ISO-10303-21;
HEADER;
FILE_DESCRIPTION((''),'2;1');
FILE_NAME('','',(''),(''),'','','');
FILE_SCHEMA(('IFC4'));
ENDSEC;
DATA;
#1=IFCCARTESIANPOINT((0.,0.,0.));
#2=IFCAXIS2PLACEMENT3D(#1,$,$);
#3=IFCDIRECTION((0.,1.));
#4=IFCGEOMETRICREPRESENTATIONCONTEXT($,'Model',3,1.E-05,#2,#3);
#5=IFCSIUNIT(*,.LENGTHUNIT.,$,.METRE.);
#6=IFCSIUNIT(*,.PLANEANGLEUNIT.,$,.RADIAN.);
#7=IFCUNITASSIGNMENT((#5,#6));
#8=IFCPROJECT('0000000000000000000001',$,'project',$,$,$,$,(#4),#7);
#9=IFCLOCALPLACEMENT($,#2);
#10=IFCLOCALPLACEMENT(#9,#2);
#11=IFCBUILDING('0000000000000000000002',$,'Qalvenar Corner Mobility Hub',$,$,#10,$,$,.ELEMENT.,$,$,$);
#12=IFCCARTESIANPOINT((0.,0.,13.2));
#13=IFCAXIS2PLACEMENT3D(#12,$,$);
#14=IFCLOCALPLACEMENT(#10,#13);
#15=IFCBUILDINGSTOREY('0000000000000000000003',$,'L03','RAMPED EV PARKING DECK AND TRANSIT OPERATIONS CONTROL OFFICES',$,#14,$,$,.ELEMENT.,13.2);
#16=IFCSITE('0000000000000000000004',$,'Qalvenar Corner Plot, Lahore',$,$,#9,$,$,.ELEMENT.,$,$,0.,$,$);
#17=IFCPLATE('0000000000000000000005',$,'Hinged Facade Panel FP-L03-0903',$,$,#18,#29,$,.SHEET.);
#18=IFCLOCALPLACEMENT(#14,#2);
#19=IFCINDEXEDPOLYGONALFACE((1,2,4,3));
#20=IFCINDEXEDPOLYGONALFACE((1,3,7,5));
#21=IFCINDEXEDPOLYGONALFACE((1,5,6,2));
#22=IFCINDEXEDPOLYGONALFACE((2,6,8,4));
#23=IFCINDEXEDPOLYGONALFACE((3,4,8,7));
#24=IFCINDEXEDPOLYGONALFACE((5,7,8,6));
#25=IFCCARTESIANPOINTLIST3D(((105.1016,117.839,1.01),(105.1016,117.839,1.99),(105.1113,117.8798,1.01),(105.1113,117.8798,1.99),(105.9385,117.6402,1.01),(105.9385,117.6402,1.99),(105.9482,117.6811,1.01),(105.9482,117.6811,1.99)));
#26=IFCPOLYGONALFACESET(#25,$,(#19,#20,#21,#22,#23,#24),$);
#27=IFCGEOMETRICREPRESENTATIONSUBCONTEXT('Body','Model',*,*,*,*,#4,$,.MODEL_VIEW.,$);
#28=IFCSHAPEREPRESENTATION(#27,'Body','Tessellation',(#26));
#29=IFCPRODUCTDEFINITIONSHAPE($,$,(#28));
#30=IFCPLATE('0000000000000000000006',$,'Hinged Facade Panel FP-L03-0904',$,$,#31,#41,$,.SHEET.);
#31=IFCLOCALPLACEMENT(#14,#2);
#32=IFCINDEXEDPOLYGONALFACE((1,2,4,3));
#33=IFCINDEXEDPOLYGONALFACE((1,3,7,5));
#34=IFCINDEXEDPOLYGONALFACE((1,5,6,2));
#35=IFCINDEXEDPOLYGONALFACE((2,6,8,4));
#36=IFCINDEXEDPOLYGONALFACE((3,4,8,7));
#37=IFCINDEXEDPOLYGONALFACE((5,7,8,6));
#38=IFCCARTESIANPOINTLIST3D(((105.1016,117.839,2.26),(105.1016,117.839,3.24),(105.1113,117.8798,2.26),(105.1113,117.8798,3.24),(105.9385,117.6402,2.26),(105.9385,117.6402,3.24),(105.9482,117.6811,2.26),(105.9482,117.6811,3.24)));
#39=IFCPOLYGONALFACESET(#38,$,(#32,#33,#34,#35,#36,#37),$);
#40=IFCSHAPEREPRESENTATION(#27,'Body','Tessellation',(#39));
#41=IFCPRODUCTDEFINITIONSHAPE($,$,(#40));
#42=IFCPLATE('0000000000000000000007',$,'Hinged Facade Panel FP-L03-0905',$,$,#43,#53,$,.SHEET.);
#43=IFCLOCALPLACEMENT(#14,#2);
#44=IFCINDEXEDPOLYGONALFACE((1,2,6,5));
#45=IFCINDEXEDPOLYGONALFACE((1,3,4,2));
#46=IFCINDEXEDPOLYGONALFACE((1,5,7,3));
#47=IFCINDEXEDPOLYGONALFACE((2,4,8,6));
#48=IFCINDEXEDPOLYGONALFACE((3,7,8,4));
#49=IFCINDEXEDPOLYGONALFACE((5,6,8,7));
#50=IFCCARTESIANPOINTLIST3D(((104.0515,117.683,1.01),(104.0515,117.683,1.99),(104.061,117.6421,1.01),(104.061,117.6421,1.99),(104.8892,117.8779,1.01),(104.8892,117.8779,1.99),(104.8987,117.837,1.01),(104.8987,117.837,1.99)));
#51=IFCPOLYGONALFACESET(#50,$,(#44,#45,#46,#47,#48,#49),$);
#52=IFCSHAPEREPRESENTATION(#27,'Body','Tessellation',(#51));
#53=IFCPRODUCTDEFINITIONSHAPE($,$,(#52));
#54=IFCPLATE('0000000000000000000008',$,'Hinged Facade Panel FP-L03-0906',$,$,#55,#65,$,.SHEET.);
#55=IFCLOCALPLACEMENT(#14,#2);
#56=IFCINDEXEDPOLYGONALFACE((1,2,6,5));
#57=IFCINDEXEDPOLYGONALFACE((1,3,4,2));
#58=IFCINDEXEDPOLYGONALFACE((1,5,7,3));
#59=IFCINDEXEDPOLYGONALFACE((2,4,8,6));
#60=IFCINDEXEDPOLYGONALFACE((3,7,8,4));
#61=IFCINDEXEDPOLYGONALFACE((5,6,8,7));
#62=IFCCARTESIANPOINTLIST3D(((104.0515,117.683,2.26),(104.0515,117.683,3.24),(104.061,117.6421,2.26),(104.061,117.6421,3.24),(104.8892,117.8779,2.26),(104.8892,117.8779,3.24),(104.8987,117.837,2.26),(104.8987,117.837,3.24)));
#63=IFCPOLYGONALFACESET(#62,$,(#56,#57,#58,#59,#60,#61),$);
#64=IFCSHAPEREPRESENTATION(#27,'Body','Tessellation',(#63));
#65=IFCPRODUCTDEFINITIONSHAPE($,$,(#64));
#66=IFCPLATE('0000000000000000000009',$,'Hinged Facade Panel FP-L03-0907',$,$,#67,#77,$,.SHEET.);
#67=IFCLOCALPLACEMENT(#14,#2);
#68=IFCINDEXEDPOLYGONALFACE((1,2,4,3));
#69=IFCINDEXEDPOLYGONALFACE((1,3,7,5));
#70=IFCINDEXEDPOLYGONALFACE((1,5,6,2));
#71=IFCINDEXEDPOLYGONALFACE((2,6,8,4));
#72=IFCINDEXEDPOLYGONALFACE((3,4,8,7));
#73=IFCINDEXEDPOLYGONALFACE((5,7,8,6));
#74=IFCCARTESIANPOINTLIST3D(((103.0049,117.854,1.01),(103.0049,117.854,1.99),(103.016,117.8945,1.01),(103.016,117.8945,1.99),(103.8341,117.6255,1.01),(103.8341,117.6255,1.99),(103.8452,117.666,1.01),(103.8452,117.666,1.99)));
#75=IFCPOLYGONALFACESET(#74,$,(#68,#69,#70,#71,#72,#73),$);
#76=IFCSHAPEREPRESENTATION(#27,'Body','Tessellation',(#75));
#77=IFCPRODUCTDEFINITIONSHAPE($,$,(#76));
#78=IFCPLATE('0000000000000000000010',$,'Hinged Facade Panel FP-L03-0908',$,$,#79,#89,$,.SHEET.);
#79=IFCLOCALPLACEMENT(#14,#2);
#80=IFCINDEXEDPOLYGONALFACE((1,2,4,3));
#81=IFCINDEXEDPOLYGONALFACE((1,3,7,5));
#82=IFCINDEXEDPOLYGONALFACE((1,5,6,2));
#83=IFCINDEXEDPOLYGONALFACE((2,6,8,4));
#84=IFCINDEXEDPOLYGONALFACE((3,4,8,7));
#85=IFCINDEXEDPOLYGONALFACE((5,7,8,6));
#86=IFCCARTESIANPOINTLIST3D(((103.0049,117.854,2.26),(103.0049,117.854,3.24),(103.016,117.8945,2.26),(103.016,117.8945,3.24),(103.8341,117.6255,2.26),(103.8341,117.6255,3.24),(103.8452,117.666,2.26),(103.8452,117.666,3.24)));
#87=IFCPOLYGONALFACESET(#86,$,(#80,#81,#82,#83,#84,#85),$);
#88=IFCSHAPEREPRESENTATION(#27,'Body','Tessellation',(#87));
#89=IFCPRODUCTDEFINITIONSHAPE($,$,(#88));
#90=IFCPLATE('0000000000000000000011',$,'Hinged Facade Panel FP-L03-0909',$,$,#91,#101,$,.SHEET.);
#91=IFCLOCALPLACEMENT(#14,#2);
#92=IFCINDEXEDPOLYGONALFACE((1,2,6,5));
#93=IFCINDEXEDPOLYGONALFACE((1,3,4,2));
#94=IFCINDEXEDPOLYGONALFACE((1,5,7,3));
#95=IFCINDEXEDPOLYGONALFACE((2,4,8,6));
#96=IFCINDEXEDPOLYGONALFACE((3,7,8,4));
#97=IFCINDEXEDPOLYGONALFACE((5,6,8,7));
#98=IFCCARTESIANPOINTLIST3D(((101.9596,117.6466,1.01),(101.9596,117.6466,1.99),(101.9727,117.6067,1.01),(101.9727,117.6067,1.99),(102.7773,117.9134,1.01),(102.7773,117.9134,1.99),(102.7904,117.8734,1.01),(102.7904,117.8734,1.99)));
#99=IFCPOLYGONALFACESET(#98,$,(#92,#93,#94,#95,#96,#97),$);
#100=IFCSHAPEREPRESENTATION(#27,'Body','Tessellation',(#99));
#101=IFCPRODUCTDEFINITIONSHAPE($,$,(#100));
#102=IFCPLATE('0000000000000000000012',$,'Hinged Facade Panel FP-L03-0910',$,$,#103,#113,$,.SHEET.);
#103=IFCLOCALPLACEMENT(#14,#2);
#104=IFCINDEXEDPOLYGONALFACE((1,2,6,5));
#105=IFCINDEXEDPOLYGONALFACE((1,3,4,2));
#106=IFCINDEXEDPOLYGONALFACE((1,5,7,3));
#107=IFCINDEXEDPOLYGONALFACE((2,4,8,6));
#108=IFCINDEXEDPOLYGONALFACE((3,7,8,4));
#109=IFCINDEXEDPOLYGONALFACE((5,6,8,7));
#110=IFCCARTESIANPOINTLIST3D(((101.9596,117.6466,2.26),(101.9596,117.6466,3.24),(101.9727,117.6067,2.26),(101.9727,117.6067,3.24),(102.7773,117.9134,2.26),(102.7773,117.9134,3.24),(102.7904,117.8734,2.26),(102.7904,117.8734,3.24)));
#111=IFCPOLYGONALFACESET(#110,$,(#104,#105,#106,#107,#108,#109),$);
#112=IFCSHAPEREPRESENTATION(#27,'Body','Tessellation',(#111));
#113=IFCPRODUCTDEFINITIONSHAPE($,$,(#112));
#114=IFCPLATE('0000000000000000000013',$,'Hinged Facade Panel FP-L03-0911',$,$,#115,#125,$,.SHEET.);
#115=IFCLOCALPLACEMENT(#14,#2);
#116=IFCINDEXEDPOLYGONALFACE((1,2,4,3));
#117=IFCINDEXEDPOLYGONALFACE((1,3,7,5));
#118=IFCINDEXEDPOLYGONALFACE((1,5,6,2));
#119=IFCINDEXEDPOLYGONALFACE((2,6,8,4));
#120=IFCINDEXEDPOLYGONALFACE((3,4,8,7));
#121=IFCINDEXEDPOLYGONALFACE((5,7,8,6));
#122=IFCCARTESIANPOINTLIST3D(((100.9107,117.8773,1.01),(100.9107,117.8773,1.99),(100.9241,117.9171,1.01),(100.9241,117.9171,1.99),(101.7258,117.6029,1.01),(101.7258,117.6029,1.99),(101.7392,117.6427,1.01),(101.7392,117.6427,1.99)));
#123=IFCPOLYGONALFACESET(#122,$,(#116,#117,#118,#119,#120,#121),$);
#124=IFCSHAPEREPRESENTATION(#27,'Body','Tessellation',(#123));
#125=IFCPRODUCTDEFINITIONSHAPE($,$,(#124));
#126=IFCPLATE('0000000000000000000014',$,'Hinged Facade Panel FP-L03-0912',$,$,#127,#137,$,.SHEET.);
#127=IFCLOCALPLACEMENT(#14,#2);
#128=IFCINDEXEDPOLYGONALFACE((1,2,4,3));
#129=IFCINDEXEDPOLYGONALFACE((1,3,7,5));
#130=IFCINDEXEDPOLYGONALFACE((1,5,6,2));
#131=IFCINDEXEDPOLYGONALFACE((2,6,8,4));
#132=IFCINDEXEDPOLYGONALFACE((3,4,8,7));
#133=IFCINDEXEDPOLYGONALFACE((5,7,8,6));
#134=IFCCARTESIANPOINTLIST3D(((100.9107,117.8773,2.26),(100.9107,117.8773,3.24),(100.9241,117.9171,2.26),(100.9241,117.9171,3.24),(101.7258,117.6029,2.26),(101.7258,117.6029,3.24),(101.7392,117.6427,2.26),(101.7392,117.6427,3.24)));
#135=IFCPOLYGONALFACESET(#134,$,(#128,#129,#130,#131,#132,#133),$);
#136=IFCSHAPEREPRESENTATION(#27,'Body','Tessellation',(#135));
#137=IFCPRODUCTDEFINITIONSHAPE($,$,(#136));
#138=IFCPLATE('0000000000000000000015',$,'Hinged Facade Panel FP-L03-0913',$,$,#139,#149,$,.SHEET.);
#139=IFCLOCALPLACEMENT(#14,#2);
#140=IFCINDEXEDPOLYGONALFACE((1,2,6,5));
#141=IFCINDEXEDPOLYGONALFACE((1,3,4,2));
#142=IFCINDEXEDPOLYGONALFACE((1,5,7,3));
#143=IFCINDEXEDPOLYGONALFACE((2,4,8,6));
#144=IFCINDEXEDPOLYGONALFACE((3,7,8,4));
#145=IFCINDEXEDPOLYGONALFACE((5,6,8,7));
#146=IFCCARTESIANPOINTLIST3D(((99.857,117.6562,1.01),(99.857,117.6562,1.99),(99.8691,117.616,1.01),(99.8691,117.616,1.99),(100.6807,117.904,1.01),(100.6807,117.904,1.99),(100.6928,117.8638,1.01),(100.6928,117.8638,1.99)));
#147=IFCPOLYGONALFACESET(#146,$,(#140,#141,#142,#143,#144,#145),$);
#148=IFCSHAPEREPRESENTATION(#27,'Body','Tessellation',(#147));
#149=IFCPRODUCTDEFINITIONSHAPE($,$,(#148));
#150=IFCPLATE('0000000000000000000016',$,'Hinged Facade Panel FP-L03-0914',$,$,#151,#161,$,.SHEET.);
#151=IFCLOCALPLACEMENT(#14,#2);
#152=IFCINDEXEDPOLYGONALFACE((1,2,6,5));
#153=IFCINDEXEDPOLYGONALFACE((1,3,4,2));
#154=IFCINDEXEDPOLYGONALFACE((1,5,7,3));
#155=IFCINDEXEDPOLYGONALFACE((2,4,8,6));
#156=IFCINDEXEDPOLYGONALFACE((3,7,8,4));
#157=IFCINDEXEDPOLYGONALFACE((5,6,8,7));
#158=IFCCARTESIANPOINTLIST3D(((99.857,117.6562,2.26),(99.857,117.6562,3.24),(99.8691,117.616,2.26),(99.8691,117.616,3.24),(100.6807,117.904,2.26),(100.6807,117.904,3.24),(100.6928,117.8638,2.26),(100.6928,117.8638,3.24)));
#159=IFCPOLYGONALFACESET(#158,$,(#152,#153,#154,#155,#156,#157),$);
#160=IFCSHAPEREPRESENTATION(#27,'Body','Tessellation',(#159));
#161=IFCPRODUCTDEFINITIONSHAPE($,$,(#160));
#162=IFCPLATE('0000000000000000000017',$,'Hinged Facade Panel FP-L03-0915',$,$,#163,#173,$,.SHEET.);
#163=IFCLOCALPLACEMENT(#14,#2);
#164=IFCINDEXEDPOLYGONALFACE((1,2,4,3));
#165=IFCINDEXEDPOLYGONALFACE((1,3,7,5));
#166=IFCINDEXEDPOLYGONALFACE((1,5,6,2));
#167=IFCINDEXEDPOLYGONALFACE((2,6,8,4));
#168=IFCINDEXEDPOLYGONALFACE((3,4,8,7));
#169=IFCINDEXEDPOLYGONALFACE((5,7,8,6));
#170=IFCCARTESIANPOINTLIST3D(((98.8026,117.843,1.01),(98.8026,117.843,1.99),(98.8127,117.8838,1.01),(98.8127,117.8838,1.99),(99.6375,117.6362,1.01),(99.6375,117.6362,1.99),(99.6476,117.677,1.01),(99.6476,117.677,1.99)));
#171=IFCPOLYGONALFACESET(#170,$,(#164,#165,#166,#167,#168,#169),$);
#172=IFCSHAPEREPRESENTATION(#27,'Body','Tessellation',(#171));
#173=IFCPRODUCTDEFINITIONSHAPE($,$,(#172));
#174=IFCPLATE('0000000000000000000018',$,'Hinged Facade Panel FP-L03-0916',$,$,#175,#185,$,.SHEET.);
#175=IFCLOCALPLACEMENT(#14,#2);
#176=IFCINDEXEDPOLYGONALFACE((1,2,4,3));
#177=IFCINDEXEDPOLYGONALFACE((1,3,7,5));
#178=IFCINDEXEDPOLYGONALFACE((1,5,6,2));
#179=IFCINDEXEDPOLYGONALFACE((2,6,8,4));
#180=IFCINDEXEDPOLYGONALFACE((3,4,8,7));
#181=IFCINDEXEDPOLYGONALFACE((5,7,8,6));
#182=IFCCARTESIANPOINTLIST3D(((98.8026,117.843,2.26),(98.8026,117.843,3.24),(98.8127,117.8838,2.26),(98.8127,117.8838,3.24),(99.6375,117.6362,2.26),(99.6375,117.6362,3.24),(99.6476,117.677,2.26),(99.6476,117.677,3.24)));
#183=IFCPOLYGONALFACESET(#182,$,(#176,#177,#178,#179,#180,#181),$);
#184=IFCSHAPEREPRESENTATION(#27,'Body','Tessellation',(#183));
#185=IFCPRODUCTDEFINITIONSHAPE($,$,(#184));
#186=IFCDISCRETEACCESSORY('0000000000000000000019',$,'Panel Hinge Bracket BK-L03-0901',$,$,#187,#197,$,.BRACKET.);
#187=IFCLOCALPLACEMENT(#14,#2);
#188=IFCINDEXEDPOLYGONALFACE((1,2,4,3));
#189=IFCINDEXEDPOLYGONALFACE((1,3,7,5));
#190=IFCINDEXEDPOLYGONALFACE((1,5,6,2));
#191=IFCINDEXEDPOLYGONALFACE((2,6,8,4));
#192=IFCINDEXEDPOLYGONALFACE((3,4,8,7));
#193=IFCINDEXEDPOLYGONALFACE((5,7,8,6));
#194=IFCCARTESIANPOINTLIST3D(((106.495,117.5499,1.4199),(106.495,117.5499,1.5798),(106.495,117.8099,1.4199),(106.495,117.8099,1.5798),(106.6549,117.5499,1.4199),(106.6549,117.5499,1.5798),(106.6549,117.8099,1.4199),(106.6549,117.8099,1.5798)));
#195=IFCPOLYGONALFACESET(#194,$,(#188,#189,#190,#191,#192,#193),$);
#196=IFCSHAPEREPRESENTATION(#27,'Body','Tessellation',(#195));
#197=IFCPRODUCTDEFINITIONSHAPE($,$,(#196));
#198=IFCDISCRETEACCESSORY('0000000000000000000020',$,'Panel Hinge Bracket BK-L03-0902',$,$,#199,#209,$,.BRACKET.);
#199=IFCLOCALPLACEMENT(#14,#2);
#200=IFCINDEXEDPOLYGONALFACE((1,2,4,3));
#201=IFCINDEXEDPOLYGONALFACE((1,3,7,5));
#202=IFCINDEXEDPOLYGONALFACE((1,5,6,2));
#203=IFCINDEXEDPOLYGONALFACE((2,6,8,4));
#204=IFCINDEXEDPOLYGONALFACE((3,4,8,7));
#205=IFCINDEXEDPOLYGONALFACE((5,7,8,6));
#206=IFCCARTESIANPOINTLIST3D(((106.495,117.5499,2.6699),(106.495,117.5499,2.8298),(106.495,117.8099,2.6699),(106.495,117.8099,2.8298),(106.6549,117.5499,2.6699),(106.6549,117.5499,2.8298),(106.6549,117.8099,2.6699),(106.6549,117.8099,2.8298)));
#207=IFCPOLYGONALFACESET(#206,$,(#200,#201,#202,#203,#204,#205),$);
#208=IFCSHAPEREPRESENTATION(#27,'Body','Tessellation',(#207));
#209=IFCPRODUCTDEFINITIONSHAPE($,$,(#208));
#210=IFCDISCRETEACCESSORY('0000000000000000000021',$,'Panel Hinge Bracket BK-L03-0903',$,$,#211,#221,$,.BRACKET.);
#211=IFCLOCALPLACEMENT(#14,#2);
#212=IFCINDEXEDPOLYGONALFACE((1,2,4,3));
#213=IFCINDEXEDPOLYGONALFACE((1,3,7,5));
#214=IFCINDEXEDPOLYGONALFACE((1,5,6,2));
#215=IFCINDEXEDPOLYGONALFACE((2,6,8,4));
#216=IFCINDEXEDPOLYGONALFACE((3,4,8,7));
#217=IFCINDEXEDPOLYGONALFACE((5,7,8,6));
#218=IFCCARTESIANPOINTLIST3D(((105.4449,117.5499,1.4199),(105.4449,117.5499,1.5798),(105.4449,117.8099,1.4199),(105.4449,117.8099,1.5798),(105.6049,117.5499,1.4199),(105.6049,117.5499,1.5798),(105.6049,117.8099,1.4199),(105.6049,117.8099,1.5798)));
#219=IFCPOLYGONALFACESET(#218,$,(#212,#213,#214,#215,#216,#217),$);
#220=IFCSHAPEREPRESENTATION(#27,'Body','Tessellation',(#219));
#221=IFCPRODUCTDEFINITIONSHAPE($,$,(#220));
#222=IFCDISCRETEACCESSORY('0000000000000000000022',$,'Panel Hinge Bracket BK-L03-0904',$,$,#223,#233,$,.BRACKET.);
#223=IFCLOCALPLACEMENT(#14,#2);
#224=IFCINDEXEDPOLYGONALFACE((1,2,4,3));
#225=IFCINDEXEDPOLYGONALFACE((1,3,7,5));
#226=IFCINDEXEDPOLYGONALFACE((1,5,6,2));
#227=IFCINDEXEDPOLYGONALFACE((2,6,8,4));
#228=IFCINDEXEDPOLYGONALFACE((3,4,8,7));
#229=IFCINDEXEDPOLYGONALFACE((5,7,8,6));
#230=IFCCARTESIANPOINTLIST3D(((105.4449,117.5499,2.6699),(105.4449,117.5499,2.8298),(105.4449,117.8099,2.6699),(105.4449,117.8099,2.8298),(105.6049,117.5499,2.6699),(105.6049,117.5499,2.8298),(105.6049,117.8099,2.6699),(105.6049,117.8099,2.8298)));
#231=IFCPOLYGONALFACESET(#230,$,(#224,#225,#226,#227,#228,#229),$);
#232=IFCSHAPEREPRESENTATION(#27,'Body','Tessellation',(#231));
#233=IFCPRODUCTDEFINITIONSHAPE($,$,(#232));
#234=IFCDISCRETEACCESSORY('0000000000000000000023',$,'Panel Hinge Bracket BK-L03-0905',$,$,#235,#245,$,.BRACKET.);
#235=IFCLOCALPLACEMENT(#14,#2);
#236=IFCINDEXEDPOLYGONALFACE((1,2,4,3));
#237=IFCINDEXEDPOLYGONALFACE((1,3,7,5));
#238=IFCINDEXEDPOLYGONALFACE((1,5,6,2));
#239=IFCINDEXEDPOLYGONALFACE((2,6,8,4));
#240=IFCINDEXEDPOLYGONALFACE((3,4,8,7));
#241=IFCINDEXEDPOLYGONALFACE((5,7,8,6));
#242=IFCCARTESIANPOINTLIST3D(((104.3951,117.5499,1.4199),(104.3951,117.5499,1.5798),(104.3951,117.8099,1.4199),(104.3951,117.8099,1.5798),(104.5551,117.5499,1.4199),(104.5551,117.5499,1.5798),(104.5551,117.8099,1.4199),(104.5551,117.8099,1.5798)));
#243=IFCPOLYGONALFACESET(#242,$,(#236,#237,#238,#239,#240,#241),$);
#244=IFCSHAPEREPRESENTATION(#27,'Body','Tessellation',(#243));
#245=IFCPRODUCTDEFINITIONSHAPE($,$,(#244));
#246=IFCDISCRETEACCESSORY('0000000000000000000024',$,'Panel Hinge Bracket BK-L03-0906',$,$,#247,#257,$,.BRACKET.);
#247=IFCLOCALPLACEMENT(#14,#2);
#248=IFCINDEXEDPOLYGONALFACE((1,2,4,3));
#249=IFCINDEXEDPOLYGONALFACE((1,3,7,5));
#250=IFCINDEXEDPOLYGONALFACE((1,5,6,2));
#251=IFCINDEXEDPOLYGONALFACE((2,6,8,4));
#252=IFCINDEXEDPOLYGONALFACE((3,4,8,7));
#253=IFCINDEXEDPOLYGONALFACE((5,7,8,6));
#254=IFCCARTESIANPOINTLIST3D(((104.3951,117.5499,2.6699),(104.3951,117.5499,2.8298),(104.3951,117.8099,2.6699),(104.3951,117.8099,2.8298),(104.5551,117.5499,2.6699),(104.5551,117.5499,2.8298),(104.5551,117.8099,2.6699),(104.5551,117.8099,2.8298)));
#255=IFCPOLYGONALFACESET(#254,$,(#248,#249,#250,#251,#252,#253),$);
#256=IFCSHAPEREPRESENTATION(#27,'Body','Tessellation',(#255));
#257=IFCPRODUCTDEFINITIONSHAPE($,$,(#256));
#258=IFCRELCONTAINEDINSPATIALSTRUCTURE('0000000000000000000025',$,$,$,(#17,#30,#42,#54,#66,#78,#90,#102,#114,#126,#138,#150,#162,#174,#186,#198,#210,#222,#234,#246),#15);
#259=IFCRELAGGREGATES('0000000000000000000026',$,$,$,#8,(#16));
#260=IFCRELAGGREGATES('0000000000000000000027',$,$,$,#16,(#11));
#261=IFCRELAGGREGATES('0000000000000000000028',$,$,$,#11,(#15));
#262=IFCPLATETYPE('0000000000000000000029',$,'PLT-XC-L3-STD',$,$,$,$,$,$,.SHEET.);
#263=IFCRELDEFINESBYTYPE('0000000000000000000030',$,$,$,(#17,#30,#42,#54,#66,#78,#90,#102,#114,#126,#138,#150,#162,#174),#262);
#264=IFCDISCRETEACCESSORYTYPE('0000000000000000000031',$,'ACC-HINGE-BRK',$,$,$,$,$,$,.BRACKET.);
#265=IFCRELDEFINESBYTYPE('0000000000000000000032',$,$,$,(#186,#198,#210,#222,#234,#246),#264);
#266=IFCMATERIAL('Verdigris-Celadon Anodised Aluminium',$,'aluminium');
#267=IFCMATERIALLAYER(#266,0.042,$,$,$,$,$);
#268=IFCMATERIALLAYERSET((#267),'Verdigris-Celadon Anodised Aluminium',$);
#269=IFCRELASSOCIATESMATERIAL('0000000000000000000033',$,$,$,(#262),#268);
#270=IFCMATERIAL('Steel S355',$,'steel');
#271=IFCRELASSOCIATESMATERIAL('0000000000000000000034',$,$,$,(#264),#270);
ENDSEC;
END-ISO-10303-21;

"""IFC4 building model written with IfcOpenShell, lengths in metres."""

from ifc_helpers import new_model, si_unit, direction, frame, origin, origin_2d, place, context, subcontext, project, spatial, rectangle, extrude, material, layer, layer_set, type_object, element, save


model = new_model("IFC4")

# Units and contexts
model_context = context("Model", 3, precision=1e-05, world=origin(), true_north=direction((0.0, 1.0)))
body_context = subcontext(model_context, "Body", "Model", "MODEL_VIEW")
ifc_project = project(units=[si_unit("LENGTHUNIT", "METRE"), si_unit("PLANEANGLEUNIT", "RADIAN")], contexts=[model_context])

# Site, building, storey
site_placement = place(None, origin())
site = spatial("IfcSite", under=ifc_project, at=site_placement, Name="Qalvenar Corner Plot, Lahore", CompositionType="ELEMENT", RefElevation=0.0)
building_placement = place(site_placement, origin())
building = spatial("IfcBuilding", under=site, at=building_placement, Name="Qalvenar Corner Mobility Hub", CompositionType="ELEMENT")
storey_placement = place(building_placement, frame((0.0, 0.0, 13.2)))
storey = spatial("IfcBuildingStorey", under=building, at=storey_placement, Name="L03", Description="RAMPED EV PARKING DECK AND TRANSIT OPERATIONS CONTROL OFFICES", CompositionType="ELEMENT", Elevation=13.2)

# Plates
ifc_material_1 = material(Name="Verdigris-Celadon Anodised Aluminium", Category="aluminium")
ifc_layer = layer(ifc_material_1, 0.042)
ifc_layer_set = layer_set([ifc_layer], Name="Verdigris-Celadon Anodised Aluminium")
plate_type = type_object("IfcPlateType", Name="PLT-XC-L3-STD", PredefinedType="SHEET", material=ifc_layer_set)
for number, where, z_axis, x_axis, name in (
    (1, (105.5249, 117.76, 1.01), (0.0, 0.0, 1.0), (-0.972937, 0.231069, 0.0), "Hinged Facade Panel FP-L03-0903"),
    (2, (105.5249, 117.76, 2.26), (0.0, 0.0, 1.0), (-0.972937, 0.231069, 0.0), "Hinged Facade Panel FP-L03-0904"),
    (3, (104.4751, 117.76, 1.01), (0.0, 0.0, 1.0), (-0.973976, -0.226651, 0.0), "Hinged Facade Panel FP-L03-0905"),
    (4, (104.4751, 117.76, 2.26), (0.0, 0.0, 1.0), (-0.973976, -0.226651, 0.0), "Hinged Facade Panel FP-L03-0906"),
    (5, (103.425, 117.76, 1.01), (0.0, 0.0, 1.0), (-0.964049, 0.265724, 0.0), "Hinged Facade Panel FP-L03-0907"),
    (6, (103.425, 117.76, 2.26), (0.0, 0.0, 1.0), (-0.964049, 0.265724, 0.0), "Hinged Facade Panel FP-L03-0908"),
    (7, (102.375, 117.76, 1.01), (0.0, 0.0, 1.0), (-0.950678, -0.310179, 0.0), "Hinged Facade Panel FP-L03-0909"),
    (8, (102.375, 117.76, 2.26), (0.0, 0.0, 1.0), (-0.950678, -0.310179, 0.0), "Hinged Facade Panel FP-L03-0910"),
    (9, (101.325, 117.76, 1.01), (0.0, 0.0, 1.0), (-0.947768, 0.318959, 0.0), "Hinged Facade Panel FP-L03-0911"),
    (10, (101.325, 117.76, 2.26), (0.0, 0.0, 1.0), (-0.947768, 0.318959, 0.0), "Hinged Facade Panel FP-L03-0912"),
    (11, (100.2749, 117.76, 1.01), (0.0, 0.0, 1.0), (-0.957622, -0.288029, 0.0), "Hinged Facade Panel FP-L03-0913"),
    (12, (100.2749, 117.76, 2.26), (0.0, 0.0, 1.0), (-0.957622, -0.288029, 0.0), "Hinged Facade Panel FP-L03-0914"),
    (13, (99.2251, 117.76, 1.01), (0.0, 0.0, 1.0), (-0.970675, 0.240397, 0.0), "Hinged Facade Panel FP-L03-0915"),
    (14, (99.2251, 117.76, 2.26), (0.0, 0.0, 1.0), (-0.970675, 0.240397, 0.0), "Hinged Facade Panel FP-L03-0916"),
):
    element("IfcPlate", number, at=place(storey_placement, frame(where, z_axis=z_axis, x_axis=x_axis)), inside=storey, type_object=plate_type, Name=name, PredefinedType="SHEET", context=body_context, shape_type="SweptSolid", body=[
        extrude(rectangle(XDim=0.8601, YDim=0.042, at=origin_2d()), origin(), (0.0, 0.0, 1.0), 0.98),
    ])

# Discrete accessories
ifc_material_2 = material(Name="Steel S355", Category="steel")
discrete_accessory_type = type_object("IfcDiscreteAccessoryType", Name="ACC-HINGE-BRK", PredefinedType="BRACKET", material=ifc_material_2)
for number, where, z_axis, x_axis, name in (
    (15, (106.575, 117.6799, 1.4199), (0.0, 0.0, 1.0), (-1.0, 0.0, 0.0), "Panel Hinge Bracket BK-L03-0901"),
    (16, (106.575, 117.6799, 2.6699), (0.0, 0.0, 1.0), (-1.0, 0.0, 0.0), "Panel Hinge Bracket BK-L03-0902"),
    (17, (105.5249, 117.6799, 1.4199), (0.0, 0.0, 1.0), (-1.0, 0.0, 0.0), "Panel Hinge Bracket BK-L03-0903"),
    (18, (105.5249, 117.6799, 2.6699), (0.0, 0.0, 1.0), (-1.0, 0.0, 0.0), "Panel Hinge Bracket BK-L03-0904"),
    (19, (104.4751, 117.6799, 1.4199), (0.0, 0.0, 1.0), (-1.0, 0.0, 0.0), "Panel Hinge Bracket BK-L03-0905"),
    (20, (104.4751, 117.6799, 2.6699), (0.0, 0.0, 1.0), (-1.0, 0.0, 0.0), "Panel Hinge Bracket BK-L03-0906"),
):
    element("IfcDiscreteAccessory", number, at=place(storey_placement, frame(where, z_axis=z_axis, x_axis=x_axis)), inside=storey, type_object=discrete_accessory_type, Name=name, PredefinedType="BRACKET", context=body_context, shape_type="SweptSolid", body=[
        extrude(rectangle(XDim=0.1599, YDim=0.26, at=origin_2d()), origin(), (0.0, 0.0, 1.0), 0.1599),
    ])

save(model, "model.ifc")
